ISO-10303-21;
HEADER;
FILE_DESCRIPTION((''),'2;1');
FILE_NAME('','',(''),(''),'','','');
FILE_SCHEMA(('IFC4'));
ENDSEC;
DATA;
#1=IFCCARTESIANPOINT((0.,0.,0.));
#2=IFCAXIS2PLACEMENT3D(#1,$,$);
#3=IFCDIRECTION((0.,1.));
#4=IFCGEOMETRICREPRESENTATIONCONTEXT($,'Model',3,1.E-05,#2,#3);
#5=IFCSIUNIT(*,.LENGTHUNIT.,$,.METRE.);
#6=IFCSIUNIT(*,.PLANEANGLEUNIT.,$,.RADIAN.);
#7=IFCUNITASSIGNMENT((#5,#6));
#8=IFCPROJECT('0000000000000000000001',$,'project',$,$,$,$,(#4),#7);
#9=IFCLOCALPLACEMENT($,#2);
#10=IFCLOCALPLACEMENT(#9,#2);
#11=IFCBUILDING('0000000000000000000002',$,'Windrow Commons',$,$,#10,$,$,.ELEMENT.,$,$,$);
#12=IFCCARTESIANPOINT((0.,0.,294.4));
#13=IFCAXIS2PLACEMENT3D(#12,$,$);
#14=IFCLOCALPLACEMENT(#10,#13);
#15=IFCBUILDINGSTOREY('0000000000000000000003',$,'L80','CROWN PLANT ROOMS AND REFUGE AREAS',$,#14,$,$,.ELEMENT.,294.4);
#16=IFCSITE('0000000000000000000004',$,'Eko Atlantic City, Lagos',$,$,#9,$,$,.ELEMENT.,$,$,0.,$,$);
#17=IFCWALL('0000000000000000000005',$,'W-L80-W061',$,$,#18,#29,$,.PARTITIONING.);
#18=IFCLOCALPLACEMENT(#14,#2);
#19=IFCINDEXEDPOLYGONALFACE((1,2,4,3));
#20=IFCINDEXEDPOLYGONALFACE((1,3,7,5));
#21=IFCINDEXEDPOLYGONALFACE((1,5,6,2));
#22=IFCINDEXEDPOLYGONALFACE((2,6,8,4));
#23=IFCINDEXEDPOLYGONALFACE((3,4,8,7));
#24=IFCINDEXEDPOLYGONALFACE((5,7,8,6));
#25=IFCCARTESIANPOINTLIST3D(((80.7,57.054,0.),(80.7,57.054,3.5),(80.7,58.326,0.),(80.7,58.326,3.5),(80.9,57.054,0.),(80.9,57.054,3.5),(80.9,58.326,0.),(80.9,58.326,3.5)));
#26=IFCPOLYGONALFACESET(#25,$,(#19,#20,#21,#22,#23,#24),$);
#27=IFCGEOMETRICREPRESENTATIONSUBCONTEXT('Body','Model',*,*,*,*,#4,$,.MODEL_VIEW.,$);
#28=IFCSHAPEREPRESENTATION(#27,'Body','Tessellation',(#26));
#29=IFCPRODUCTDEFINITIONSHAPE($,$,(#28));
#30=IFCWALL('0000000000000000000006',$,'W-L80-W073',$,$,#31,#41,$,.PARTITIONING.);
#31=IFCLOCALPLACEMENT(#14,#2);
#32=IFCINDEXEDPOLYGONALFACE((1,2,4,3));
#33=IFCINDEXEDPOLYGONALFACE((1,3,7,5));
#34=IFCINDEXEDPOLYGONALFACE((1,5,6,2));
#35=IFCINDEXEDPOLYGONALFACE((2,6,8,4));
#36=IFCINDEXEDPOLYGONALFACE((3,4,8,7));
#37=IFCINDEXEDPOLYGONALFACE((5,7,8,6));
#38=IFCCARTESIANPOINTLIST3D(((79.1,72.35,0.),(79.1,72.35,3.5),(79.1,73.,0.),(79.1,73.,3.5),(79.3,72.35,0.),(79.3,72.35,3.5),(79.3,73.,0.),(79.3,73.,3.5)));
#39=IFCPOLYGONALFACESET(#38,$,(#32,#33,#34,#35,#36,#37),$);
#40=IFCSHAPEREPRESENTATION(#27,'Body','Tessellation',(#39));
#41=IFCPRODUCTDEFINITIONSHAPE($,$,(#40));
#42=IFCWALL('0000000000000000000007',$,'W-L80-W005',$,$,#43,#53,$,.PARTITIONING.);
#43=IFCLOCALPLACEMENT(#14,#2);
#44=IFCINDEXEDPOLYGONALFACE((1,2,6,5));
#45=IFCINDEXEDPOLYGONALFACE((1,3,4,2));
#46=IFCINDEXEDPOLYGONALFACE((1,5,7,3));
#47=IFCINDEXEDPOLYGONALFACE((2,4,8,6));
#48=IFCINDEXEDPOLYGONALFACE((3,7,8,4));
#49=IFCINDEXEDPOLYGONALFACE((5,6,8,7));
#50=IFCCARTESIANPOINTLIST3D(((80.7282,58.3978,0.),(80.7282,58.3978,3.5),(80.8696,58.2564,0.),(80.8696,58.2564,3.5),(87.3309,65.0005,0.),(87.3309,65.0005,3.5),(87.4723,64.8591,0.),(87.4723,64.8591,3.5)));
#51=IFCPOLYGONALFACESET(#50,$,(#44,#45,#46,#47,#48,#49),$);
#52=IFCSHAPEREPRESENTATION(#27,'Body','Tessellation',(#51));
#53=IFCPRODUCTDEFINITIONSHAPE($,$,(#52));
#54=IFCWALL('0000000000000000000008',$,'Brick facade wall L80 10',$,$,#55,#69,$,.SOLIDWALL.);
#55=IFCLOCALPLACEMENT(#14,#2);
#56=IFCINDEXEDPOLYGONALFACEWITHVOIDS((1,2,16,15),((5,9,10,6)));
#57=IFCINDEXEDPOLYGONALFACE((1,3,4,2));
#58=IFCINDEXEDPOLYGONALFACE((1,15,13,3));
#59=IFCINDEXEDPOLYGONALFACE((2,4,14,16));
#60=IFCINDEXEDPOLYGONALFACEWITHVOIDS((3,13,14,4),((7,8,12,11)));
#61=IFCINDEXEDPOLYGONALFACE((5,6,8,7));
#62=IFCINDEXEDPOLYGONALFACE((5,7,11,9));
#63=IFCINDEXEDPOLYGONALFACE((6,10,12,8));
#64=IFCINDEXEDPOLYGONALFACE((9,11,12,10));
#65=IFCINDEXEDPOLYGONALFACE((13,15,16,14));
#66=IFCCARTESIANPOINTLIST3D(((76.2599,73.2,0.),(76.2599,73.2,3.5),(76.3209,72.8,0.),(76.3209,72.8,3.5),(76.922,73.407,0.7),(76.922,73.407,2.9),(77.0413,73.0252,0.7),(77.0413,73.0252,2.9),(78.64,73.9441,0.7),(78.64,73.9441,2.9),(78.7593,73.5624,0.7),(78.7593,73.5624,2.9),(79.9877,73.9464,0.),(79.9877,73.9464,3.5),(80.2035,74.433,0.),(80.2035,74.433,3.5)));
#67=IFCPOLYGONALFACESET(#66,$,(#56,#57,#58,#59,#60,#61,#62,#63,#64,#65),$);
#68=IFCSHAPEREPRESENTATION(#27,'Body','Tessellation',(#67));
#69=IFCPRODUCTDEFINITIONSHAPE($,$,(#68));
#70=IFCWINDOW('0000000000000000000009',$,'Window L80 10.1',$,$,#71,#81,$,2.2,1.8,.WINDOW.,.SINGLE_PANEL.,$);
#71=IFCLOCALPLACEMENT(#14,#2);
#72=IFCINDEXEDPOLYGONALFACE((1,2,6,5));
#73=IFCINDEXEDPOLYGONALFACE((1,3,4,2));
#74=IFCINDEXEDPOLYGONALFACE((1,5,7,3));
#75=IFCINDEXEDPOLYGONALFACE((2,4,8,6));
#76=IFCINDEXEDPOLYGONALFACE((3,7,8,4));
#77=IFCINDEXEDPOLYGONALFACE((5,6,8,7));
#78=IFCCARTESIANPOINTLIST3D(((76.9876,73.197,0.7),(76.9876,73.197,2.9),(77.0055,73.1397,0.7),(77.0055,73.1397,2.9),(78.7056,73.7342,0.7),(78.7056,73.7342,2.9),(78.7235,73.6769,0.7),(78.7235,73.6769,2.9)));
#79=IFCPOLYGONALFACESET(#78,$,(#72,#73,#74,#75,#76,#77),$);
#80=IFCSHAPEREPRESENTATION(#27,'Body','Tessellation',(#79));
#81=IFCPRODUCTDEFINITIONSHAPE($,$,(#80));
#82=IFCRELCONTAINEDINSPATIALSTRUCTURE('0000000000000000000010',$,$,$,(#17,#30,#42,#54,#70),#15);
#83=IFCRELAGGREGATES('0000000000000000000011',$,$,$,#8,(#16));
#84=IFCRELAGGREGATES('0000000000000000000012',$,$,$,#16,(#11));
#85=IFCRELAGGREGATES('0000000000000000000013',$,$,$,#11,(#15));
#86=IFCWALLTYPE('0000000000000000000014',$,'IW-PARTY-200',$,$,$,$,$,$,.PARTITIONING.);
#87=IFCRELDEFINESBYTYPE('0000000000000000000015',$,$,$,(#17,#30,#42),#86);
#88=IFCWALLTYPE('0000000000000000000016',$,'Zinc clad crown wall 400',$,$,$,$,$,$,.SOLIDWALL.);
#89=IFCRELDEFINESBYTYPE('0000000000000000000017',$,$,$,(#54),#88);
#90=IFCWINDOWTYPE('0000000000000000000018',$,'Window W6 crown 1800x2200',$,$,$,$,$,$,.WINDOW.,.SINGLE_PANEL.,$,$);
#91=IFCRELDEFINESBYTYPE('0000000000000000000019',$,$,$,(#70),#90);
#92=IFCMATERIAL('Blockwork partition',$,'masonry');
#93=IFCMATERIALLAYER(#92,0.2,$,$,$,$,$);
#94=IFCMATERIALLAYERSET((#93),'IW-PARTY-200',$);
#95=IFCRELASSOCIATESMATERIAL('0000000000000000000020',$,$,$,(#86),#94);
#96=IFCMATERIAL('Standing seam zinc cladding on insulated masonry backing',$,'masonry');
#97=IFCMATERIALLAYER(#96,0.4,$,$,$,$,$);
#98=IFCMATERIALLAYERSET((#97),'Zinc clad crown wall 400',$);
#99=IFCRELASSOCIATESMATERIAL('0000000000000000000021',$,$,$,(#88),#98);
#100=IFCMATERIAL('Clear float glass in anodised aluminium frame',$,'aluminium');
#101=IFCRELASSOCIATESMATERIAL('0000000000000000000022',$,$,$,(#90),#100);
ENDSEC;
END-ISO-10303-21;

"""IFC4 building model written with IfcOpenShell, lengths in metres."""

from ifc_helpers import new_model, si_unit, direction, frame, frame_2d, origin, place, context, subcontext, project, spatial, polyline, rectangle, outline, extrude, material, layer, layer_set, type_object, element, fill, save


model = new_model("IFC4")

# Units and contexts
model_context = context("Model", 3, precision=1e-05, world=origin(), true_north=direction((0.0, 1.0)))
body_context = subcontext(model_context, "Body", "Model", "MODEL_VIEW")
ifc_project = project(units=[si_unit("LENGTHUNIT", "METRE"), si_unit("PLANEANGLEUNIT", "RADIAN")], contexts=[model_context])

# Site, building, storey
site_placement = place(None, origin())
site = spatial("IfcSite", under=ifc_project, at=site_placement, Name="Eko Atlantic City, Lagos", CompositionType="ELEMENT", RefElevation=0.0)
building_placement = place(site_placement, origin())
building = spatial("IfcBuilding", under=site, at=building_placement, Name="Windrow Commons", CompositionType="ELEMENT")
storey_placement = place(building_placement, frame((0.0, 0.0, 294.4)))
storey = spatial("IfcBuildingStorey", under=building, at=storey_placement, Name="L80", Description="CROWN PLANT ROOMS AND REFUGE AREAS", CompositionType="ELEMENT", Elevation=294.4)

# Walls
ifc_material_1 = material(Name="Blockwork partition", Category="masonry")
ifc_layer_1 = layer(ifc_material_1, 0.2)
ifc_layer_set_1 = layer_set([ifc_layer_1], Name="IW-PARTY-200")
wall_type_1 = type_object("IfcWallType", Name="IW-PARTY-200", PredefinedType="PARTITIONING", material=ifc_layer_set_1)
wall_1_placement = place(storey_placement, frame((80.8, 57.054, 0.0), z_axis=(0.0, 0.0, 1.0), x_axis=(0.0, 1.0, 0.0)))
element("IfcWall", 1, at=wall_1_placement, inside=storey, type_object=wall_type_1, Name="W-L80-W061", PredefinedType="PARTITIONING", context=body_context, shape_type="SweptSolid", body=[
    extrude(rectangle(XDim=1.272, YDim=0.2, at=frame_2d((0.636, 0.0))), origin(), (0.0, 0.0, 1.0), 3.5),
])
wall_2_placement = place(storey_placement, frame((79.2, 72.35, 0.0), z_axis=(0.0, 0.0, 1.0), x_axis=(0.0, 1.0, 0.0)))
element("IfcWall", 2, at=wall_2_placement, inside=storey, type_object=wall_type_1, Name="W-L80-W073", PredefinedType="PARTITIONING", context=body_context, shape_type="SweptSolid", body=[
    extrude(rectangle(XDim=0.65, YDim=0.2, at=frame_2d((0.325, 0.0))), origin(), (0.0, 0.0, 1.0), 3.5),
])
wall_3_placement = place(storey_placement, frame((80.7989, 58.3271, 0.0), z_axis=(0.0, 0.0, 1.0), x_axis=(0.707107, 0.707107, 0.0)))
element("IfcWall", 3, at=wall_3_placement, inside=storey, type_object=wall_type_1, Name="W-L80-W005", PredefinedType="PARTITIONING", context=body_context, shape_type="SweptSolid", body=[
    extrude(outline(polyline([(0.0, -0.1), (9.3376, -0.1), (9.3376, 0.1), (0.0, 0.1), (0.0, -0.1)])), origin(), (0.0, 0.0, 1.0), 3.5),
])

# Wall, opening, window
ifc_material_2 = material(Name="Standing seam zinc cladding on insulated masonry backing", Category="masonry")
ifc_layer_2 = layer(ifc_material_2, 0.4)
ifc_layer_set_2 = layer_set([ifc_layer_2], Name="Zinc clad crown wall 400")
wall_type_2 = type_object("IfcWallType", Name="Zinc clad crown wall 400", PredefinedType="SOLIDWALL", material=ifc_layer_set_2)
wall_4_placement = place(storey_placement, frame((80.0956, 74.1897, 0.0), z_axis=(0.0, 0.0, 1.0), x_axis=(-0.954437, -0.298414, 0.0)))
wall_4 = element("IfcWall", 4, at=wall_4_placement, inside=storey, type_object=wall_type_2, Name="Brick facade wall L80 10", PredefinedType="SOLIDWALL", context=body_context, shape_type="SweptSolid", body=[
    extrude(outline(polyline([(-0.1756, -0.2), (3.9563, -0.2), (4.0174, 0.2), (0.1756, 0.2), (-0.1756, -0.2)])), origin(), (0.0, 0.0, 1.0), 3.5),
])
opening_placement = place(wall_4_placement, frame((1.4626, 0.0, 0.7)))
opening = element("IfcOpeningElement", 5, at=opening_placement, cuts=wall_4, PredefinedType="OPENING", context=body_context, shape_type="SweptSolid", body=[
    extrude(rectangle(XDim=1.8, YDim=2.2, at=frame_2d((0.9, 1.1))), frame((0.0, 0.21, 0.0), z_axis=(0.0, -1.0, 0.0), x_axis=(1.0, 0.0, 0.0)), (0.0, 0.0, 1.0), 0.42),
])
ifc_material_3 = material(Name="Clear float glass in anodised aluminium frame", Category="aluminium")
window_type = type_object("IfcWindowType", Name="Window W6 crown 1800x2200", PartitioningType="SINGLE_PANEL", PredefinedType="WINDOW", material=ifc_material_3)
window_placement = place(opening_placement, origin())
window = element("IfcWindow", 6, at=window_placement, inside=storey, type_object=window_type, Name="Window L80 10.1", OverallHeight=2.2, OverallWidth=1.8, PartitioningType="SINGLE_PANEL", PredefinedType="WINDOW", context=body_context, shape_type="SweptSolid", body=[
    extrude(rectangle(XDim=1.8, YDim=2.2, at=frame_2d((0.9, 1.1))), frame((0.0, 0.08, 0.0), z_axis=(0.0, -1.0, 0.0), x_axis=(1.0, 0.0, 0.0)), (0.0, 0.0, 1.0), 0.06),
])
fill(opening, window)

save(model, "model.ifc")
